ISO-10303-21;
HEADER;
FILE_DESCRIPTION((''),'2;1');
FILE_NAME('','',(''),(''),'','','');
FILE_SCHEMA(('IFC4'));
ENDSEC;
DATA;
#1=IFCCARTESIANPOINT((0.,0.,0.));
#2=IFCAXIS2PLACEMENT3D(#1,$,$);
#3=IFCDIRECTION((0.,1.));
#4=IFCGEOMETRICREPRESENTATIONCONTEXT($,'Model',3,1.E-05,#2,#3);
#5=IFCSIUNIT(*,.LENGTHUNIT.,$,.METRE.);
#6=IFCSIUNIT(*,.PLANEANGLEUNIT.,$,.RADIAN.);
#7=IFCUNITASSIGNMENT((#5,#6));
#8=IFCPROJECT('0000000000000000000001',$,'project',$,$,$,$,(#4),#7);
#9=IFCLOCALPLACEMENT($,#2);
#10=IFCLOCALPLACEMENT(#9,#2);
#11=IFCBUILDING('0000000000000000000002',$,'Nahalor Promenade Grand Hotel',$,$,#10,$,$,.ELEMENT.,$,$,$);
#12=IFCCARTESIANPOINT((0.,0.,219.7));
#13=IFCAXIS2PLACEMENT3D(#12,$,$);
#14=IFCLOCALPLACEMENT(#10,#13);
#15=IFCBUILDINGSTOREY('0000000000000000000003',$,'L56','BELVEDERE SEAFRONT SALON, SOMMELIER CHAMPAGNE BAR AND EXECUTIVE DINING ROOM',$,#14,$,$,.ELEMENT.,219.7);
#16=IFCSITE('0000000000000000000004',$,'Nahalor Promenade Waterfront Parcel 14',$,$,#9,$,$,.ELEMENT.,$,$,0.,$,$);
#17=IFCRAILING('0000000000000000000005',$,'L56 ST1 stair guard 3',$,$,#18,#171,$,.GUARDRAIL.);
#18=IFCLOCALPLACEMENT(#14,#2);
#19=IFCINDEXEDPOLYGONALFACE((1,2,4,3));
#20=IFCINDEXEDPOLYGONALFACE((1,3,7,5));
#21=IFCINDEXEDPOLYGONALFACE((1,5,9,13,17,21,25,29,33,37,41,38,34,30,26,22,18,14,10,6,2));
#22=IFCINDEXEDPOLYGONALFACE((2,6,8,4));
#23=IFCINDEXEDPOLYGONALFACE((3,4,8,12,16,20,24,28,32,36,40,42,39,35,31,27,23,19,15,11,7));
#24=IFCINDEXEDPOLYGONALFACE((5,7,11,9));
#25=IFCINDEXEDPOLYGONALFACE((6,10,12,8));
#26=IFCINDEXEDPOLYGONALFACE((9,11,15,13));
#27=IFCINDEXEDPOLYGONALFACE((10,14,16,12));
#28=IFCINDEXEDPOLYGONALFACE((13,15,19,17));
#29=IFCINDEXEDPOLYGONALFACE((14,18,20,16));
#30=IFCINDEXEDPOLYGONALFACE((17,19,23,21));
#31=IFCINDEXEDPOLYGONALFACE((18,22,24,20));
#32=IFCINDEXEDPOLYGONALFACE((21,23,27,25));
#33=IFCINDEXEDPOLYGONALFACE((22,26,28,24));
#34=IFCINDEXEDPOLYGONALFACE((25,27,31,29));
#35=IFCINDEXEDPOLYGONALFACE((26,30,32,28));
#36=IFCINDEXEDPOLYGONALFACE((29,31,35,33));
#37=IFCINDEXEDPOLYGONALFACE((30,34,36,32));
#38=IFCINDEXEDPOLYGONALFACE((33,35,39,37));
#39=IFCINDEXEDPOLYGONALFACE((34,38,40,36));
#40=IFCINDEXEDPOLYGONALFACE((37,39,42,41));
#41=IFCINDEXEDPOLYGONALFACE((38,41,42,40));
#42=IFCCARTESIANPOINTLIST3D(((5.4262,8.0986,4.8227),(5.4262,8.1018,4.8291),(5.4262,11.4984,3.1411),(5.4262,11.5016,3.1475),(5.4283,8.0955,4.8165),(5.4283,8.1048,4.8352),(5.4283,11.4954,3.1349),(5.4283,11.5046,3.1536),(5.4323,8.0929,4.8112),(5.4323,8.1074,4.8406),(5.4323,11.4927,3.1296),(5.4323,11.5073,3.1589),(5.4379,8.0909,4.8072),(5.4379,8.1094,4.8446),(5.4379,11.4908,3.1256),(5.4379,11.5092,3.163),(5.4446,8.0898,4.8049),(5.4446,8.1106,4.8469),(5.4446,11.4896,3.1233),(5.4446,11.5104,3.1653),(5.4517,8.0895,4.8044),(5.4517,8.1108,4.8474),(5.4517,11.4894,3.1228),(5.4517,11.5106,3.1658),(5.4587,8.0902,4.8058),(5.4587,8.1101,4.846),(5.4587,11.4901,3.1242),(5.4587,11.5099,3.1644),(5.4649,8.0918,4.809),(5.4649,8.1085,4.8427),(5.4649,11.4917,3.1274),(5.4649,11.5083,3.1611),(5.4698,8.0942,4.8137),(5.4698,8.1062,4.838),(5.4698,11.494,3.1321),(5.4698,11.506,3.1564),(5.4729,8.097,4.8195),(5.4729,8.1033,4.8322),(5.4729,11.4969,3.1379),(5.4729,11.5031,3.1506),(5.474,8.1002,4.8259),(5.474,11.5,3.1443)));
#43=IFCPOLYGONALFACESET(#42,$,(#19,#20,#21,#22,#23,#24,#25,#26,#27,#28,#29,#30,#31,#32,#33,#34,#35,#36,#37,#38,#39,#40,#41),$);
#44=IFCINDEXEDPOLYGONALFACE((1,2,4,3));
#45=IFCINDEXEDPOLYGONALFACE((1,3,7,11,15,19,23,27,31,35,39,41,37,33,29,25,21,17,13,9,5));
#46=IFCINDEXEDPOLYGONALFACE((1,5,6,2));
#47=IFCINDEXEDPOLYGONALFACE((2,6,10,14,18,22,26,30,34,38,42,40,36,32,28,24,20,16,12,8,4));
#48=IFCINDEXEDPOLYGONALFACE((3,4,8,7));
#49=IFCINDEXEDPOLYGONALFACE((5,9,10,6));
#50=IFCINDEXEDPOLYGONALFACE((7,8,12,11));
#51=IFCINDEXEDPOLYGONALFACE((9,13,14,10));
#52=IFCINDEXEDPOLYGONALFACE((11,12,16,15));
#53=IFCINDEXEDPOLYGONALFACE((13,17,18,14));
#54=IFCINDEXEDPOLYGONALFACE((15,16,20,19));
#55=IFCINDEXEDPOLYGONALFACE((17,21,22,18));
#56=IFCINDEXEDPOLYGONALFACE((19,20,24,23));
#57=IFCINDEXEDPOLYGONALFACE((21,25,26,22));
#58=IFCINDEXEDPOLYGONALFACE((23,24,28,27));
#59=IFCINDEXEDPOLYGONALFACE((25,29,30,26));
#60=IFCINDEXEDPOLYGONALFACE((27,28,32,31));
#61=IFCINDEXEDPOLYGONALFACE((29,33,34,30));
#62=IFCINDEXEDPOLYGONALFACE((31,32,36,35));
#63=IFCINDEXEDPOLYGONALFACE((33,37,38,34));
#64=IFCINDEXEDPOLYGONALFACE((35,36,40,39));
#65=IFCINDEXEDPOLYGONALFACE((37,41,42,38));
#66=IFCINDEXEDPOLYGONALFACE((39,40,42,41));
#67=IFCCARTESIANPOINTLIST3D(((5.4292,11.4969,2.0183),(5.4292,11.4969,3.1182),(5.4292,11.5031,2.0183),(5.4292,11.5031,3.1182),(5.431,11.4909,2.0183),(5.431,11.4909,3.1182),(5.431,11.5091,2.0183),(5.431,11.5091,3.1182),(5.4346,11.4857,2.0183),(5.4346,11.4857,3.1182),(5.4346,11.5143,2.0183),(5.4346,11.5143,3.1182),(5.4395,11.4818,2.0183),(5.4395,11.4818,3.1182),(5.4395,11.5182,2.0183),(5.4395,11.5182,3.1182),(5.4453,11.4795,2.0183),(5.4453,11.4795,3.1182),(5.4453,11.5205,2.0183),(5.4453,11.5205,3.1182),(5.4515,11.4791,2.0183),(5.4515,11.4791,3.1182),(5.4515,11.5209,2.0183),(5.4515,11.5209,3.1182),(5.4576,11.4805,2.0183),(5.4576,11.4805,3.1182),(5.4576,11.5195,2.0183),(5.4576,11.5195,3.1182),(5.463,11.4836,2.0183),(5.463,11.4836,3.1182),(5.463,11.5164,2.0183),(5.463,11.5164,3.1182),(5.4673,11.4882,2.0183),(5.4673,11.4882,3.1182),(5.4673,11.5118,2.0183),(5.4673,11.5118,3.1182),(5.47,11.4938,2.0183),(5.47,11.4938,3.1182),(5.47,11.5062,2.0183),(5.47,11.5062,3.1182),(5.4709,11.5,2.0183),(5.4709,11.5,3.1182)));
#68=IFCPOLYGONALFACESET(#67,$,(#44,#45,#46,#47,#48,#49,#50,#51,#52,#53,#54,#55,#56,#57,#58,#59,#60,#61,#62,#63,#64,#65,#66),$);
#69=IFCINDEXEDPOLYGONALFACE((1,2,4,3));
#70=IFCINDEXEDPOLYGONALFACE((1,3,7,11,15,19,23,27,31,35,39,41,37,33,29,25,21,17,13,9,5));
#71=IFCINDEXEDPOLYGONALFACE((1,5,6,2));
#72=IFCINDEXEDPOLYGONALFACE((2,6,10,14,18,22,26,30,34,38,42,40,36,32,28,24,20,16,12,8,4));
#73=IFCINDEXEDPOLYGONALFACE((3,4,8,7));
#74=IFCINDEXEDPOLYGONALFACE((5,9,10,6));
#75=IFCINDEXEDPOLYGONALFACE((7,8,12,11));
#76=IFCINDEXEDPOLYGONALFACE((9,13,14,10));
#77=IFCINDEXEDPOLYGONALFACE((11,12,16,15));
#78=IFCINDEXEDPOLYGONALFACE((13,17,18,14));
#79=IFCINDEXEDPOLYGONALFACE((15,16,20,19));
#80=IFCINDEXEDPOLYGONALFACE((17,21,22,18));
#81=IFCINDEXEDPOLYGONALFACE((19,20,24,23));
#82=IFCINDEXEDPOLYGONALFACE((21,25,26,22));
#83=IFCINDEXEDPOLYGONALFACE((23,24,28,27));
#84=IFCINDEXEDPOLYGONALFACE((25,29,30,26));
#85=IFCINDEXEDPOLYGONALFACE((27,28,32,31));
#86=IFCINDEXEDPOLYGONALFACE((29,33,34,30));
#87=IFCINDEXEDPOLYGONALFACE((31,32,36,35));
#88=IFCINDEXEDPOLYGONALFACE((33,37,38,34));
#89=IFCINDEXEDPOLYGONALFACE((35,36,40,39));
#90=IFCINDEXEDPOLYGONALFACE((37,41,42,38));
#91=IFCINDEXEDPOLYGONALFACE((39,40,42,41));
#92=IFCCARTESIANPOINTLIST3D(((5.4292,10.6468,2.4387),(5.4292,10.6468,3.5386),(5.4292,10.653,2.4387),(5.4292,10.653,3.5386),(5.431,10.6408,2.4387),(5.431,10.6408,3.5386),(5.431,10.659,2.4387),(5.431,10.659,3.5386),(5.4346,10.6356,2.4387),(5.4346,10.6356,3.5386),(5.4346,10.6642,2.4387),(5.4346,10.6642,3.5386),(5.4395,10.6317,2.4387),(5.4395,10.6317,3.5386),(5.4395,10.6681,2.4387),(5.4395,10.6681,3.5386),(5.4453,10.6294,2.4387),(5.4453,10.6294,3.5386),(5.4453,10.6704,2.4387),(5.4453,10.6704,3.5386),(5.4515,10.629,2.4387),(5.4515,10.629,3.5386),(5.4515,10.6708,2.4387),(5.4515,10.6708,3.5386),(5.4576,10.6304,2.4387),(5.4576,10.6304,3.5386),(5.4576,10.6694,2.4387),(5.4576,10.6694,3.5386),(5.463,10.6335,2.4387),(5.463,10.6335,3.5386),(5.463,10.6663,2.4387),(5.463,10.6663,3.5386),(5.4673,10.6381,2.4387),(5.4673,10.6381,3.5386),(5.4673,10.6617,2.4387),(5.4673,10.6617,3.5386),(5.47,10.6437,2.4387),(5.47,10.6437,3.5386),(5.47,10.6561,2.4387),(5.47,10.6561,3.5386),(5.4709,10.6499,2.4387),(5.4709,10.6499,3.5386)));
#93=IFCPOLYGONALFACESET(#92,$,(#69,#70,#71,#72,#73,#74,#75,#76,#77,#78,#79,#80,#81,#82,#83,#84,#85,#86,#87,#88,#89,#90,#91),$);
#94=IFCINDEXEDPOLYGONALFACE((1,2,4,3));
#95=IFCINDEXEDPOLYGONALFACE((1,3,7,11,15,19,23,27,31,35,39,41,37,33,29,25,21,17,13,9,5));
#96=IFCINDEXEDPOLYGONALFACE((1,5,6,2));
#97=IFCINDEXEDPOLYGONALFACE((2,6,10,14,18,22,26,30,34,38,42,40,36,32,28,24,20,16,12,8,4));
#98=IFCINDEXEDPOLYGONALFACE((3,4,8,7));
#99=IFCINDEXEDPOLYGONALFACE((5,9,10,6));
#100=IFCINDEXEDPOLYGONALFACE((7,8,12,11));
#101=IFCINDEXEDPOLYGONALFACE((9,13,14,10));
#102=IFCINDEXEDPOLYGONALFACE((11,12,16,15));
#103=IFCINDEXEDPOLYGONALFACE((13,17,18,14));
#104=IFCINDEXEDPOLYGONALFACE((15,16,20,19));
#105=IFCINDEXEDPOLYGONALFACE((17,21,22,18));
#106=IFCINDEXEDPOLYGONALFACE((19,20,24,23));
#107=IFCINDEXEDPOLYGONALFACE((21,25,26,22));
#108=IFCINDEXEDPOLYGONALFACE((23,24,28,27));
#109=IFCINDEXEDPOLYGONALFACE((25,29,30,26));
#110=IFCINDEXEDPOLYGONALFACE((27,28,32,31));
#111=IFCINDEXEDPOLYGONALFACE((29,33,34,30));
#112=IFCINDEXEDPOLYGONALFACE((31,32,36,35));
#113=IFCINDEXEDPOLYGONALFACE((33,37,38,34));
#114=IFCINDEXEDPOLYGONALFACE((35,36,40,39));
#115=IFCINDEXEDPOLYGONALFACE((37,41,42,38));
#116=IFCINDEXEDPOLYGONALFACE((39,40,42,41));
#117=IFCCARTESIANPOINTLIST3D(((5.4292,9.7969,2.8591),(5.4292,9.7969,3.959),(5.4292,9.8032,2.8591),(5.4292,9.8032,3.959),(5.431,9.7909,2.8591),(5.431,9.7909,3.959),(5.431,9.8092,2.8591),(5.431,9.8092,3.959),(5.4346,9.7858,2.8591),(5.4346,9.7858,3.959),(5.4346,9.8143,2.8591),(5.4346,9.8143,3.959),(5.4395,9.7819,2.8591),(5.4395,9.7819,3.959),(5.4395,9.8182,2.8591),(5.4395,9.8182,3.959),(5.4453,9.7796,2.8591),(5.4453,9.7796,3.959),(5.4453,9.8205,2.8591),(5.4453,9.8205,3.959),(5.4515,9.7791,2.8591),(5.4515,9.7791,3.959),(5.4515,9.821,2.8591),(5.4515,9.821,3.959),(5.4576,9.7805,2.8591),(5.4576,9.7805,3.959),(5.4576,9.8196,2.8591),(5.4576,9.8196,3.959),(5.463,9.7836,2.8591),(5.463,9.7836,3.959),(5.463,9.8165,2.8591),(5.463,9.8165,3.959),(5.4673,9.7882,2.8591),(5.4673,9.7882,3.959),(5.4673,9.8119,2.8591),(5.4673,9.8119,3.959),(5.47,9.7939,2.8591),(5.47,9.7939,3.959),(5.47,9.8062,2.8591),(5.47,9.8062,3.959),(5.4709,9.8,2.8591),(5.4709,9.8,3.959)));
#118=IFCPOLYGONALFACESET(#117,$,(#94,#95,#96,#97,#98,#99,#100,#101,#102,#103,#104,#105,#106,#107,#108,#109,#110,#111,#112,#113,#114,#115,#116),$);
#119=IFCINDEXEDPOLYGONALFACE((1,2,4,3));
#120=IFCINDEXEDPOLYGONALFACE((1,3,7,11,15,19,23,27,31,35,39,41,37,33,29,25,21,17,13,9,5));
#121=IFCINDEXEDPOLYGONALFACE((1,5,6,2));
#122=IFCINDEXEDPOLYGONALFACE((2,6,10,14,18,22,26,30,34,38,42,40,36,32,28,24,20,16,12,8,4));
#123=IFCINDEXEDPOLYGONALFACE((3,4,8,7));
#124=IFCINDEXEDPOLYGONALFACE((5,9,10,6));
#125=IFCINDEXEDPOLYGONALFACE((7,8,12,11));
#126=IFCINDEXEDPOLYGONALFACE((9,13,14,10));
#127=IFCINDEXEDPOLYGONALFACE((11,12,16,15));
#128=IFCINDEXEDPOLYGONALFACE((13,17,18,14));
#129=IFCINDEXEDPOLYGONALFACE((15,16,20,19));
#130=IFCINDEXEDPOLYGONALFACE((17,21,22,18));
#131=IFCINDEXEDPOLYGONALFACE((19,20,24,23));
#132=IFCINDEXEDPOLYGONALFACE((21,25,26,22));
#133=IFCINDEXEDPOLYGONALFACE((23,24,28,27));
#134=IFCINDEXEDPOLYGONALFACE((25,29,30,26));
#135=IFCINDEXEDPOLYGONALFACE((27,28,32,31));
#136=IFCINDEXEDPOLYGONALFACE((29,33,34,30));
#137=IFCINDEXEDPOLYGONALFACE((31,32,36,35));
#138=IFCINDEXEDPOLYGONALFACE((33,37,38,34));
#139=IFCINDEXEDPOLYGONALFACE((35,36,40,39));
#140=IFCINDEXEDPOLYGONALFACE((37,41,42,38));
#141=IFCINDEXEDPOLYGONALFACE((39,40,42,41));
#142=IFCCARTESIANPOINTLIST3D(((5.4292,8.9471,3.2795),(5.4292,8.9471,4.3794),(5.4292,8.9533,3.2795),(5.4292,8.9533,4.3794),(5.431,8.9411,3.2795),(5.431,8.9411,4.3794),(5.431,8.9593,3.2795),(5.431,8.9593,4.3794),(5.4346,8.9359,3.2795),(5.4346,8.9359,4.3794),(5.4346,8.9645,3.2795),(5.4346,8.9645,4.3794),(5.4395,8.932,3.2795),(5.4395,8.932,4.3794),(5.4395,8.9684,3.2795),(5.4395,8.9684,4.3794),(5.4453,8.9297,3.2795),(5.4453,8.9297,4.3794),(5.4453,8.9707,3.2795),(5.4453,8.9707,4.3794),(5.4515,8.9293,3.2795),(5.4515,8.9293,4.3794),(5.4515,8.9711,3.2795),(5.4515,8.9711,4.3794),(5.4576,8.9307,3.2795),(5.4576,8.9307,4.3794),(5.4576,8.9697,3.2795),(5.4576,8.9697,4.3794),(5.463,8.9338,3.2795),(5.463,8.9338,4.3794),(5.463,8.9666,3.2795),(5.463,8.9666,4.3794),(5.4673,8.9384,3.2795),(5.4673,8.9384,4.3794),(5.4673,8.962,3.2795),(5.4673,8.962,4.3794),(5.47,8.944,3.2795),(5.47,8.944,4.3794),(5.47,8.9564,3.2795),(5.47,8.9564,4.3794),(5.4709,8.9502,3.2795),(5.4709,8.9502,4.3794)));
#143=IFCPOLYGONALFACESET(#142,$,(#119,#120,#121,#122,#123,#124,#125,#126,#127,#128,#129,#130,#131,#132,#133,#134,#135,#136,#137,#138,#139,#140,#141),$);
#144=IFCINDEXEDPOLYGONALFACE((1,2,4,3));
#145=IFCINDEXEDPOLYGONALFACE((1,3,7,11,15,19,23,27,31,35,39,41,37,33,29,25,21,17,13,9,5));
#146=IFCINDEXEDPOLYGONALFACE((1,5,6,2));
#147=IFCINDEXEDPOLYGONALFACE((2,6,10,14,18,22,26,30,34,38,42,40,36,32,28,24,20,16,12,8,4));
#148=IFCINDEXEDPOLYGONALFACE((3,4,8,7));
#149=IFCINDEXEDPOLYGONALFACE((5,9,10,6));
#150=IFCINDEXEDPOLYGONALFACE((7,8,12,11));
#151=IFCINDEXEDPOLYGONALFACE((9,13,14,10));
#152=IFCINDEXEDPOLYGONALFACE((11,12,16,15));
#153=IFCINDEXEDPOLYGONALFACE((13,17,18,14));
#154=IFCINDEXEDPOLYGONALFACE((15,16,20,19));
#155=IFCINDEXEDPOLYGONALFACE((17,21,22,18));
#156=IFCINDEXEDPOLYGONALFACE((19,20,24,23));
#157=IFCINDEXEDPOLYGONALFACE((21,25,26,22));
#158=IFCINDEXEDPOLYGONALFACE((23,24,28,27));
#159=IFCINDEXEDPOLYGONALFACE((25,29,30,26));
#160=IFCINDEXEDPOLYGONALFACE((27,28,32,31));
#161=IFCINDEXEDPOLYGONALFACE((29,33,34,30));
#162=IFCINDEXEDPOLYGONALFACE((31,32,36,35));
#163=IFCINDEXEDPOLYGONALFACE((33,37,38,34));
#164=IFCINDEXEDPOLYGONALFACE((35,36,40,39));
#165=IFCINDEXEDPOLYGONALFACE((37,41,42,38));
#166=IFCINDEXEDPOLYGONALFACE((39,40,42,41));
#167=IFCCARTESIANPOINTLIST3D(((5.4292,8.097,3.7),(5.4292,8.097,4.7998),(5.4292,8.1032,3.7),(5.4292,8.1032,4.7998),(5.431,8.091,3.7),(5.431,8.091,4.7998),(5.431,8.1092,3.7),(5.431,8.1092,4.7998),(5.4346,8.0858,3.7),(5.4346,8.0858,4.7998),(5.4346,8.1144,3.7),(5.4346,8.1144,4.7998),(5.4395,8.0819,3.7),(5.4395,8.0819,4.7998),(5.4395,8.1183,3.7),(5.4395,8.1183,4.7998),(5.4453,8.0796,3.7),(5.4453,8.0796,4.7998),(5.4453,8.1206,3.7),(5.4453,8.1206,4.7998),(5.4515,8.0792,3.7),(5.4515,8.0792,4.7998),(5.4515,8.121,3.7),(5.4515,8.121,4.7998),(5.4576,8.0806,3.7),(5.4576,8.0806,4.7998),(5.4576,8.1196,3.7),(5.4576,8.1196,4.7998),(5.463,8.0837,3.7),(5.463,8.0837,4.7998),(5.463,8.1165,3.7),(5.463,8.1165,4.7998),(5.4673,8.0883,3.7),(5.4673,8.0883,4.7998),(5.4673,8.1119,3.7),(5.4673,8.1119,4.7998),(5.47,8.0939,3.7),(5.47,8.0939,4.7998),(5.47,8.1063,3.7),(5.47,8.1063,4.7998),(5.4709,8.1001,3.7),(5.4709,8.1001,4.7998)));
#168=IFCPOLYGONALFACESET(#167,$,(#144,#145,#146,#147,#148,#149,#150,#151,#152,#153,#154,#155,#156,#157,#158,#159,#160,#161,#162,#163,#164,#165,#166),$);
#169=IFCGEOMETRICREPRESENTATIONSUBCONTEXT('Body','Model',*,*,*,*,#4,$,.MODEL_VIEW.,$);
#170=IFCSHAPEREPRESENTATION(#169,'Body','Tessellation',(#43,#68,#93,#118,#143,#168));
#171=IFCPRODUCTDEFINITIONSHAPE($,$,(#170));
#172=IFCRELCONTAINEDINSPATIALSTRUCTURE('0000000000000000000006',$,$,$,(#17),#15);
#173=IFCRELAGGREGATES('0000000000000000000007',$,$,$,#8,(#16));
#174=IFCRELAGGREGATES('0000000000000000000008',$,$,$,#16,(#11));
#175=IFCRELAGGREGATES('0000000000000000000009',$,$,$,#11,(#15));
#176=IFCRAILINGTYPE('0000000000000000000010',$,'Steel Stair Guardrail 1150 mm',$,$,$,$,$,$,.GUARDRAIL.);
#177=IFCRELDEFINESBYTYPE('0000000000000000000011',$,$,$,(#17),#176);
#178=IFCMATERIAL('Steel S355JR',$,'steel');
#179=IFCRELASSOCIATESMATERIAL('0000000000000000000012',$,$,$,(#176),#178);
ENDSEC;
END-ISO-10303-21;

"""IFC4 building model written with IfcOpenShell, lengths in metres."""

from ifc_helpers import new_model, si_unit, direction, frame, origin, origin_2d, place, context, subcontext, project, spatial, circle, extrude, material, type_object, element, save


model = new_model("IFC4")

# Units and contexts
model_context = context("Model", 3, precision=1e-05, world=origin(), true_north=direction((0.0, 1.0)))
body_context = subcontext(model_context, "Body", "Model", "MODEL_VIEW")
ifc_project = project(units=[si_unit("LENGTHUNIT", "METRE"), si_unit("PLANEANGLEUNIT", "RADIAN")], contexts=[model_context])

# Site, building, storey
site_placement = place(None, origin())
site = spatial("IfcSite", under=ifc_project, at=site_placement, Name="Nahalor Promenade Waterfront Parcel 14", CompositionType="ELEMENT", RefElevation=0.0)
building_placement = place(site_placement, origin())
building = spatial("IfcBuilding", under=site, at=building_placement, Name="Nahalor Promenade Grand Hotel", CompositionType="ELEMENT")
storey_placement = place(building_placement, frame((0.0, 0.0, 219.7)))
storey = spatial("IfcBuildingStorey", under=building, at=storey_placement, Name="L56", Description="BELVEDERE SEAFRONT SALON, SOMMELIER CHAMPAGNE BAR AND EXECUTIVE DINING ROOM", CompositionType="ELEMENT", Elevation=219.7)

# Shared definitions
ifc_material_1 = material(Name="Steel S355JR", Category="steel")

# Railing
railing_type_1 = type_object("IfcRailingType", Name="Steel Stair Guardrail 1150 mm", PredefinedType="GUARDRAIL", material=ifc_material_1)
railing_1_placement = place(storey_placement, frame((5.45, 11.5, 2.0183)))
element("IfcRailing", 1, at=railing_1_placement, inside=storey, type_object=railing_type_1, Name="L56 ST1 stair guard 3", PredefinedType="GUARDRAIL", context=body_context, shape_type="SweptSolid", body=[
    extrude(circle(Radius=0.024, at=origin_2d()), frame((0.0, 0.0, 1.126), z_axis=(0.0, -0.89635, 0.443348), x_axis=(1.0, 0.0, 0.0)), (0.0, 0.0, 1.0), 3.793),
    extrude(circle(Radius=0.021, at=origin_2d()), origin(), (0.0, 0.0, 1.0), 1.0999),
    extrude(circle(Radius=0.021, at=origin_2d()), frame((0.0, -0.8501, 0.4204)), (0.0, 0.0, 1.0), 1.0999),
    extrude(circle(Radius=0.021, at=origin_2d()), frame((0.0, -1.7, 0.8408)), (0.0, 0.0, 1.0), 1.0999),
    extrude(circle(Radius=0.021, at=origin_2d()), frame((0.0, -2.5498, 1.2612)), (0.0, 0.0, 1.0), 1.0999),
    extrude(circle(Radius=0.021, at=origin_2d()), frame((0.0, -3.3999, 1.6816)), (0.0, 0.0, 1.0), 1.0999),
])

save(model, "model.ifc")
